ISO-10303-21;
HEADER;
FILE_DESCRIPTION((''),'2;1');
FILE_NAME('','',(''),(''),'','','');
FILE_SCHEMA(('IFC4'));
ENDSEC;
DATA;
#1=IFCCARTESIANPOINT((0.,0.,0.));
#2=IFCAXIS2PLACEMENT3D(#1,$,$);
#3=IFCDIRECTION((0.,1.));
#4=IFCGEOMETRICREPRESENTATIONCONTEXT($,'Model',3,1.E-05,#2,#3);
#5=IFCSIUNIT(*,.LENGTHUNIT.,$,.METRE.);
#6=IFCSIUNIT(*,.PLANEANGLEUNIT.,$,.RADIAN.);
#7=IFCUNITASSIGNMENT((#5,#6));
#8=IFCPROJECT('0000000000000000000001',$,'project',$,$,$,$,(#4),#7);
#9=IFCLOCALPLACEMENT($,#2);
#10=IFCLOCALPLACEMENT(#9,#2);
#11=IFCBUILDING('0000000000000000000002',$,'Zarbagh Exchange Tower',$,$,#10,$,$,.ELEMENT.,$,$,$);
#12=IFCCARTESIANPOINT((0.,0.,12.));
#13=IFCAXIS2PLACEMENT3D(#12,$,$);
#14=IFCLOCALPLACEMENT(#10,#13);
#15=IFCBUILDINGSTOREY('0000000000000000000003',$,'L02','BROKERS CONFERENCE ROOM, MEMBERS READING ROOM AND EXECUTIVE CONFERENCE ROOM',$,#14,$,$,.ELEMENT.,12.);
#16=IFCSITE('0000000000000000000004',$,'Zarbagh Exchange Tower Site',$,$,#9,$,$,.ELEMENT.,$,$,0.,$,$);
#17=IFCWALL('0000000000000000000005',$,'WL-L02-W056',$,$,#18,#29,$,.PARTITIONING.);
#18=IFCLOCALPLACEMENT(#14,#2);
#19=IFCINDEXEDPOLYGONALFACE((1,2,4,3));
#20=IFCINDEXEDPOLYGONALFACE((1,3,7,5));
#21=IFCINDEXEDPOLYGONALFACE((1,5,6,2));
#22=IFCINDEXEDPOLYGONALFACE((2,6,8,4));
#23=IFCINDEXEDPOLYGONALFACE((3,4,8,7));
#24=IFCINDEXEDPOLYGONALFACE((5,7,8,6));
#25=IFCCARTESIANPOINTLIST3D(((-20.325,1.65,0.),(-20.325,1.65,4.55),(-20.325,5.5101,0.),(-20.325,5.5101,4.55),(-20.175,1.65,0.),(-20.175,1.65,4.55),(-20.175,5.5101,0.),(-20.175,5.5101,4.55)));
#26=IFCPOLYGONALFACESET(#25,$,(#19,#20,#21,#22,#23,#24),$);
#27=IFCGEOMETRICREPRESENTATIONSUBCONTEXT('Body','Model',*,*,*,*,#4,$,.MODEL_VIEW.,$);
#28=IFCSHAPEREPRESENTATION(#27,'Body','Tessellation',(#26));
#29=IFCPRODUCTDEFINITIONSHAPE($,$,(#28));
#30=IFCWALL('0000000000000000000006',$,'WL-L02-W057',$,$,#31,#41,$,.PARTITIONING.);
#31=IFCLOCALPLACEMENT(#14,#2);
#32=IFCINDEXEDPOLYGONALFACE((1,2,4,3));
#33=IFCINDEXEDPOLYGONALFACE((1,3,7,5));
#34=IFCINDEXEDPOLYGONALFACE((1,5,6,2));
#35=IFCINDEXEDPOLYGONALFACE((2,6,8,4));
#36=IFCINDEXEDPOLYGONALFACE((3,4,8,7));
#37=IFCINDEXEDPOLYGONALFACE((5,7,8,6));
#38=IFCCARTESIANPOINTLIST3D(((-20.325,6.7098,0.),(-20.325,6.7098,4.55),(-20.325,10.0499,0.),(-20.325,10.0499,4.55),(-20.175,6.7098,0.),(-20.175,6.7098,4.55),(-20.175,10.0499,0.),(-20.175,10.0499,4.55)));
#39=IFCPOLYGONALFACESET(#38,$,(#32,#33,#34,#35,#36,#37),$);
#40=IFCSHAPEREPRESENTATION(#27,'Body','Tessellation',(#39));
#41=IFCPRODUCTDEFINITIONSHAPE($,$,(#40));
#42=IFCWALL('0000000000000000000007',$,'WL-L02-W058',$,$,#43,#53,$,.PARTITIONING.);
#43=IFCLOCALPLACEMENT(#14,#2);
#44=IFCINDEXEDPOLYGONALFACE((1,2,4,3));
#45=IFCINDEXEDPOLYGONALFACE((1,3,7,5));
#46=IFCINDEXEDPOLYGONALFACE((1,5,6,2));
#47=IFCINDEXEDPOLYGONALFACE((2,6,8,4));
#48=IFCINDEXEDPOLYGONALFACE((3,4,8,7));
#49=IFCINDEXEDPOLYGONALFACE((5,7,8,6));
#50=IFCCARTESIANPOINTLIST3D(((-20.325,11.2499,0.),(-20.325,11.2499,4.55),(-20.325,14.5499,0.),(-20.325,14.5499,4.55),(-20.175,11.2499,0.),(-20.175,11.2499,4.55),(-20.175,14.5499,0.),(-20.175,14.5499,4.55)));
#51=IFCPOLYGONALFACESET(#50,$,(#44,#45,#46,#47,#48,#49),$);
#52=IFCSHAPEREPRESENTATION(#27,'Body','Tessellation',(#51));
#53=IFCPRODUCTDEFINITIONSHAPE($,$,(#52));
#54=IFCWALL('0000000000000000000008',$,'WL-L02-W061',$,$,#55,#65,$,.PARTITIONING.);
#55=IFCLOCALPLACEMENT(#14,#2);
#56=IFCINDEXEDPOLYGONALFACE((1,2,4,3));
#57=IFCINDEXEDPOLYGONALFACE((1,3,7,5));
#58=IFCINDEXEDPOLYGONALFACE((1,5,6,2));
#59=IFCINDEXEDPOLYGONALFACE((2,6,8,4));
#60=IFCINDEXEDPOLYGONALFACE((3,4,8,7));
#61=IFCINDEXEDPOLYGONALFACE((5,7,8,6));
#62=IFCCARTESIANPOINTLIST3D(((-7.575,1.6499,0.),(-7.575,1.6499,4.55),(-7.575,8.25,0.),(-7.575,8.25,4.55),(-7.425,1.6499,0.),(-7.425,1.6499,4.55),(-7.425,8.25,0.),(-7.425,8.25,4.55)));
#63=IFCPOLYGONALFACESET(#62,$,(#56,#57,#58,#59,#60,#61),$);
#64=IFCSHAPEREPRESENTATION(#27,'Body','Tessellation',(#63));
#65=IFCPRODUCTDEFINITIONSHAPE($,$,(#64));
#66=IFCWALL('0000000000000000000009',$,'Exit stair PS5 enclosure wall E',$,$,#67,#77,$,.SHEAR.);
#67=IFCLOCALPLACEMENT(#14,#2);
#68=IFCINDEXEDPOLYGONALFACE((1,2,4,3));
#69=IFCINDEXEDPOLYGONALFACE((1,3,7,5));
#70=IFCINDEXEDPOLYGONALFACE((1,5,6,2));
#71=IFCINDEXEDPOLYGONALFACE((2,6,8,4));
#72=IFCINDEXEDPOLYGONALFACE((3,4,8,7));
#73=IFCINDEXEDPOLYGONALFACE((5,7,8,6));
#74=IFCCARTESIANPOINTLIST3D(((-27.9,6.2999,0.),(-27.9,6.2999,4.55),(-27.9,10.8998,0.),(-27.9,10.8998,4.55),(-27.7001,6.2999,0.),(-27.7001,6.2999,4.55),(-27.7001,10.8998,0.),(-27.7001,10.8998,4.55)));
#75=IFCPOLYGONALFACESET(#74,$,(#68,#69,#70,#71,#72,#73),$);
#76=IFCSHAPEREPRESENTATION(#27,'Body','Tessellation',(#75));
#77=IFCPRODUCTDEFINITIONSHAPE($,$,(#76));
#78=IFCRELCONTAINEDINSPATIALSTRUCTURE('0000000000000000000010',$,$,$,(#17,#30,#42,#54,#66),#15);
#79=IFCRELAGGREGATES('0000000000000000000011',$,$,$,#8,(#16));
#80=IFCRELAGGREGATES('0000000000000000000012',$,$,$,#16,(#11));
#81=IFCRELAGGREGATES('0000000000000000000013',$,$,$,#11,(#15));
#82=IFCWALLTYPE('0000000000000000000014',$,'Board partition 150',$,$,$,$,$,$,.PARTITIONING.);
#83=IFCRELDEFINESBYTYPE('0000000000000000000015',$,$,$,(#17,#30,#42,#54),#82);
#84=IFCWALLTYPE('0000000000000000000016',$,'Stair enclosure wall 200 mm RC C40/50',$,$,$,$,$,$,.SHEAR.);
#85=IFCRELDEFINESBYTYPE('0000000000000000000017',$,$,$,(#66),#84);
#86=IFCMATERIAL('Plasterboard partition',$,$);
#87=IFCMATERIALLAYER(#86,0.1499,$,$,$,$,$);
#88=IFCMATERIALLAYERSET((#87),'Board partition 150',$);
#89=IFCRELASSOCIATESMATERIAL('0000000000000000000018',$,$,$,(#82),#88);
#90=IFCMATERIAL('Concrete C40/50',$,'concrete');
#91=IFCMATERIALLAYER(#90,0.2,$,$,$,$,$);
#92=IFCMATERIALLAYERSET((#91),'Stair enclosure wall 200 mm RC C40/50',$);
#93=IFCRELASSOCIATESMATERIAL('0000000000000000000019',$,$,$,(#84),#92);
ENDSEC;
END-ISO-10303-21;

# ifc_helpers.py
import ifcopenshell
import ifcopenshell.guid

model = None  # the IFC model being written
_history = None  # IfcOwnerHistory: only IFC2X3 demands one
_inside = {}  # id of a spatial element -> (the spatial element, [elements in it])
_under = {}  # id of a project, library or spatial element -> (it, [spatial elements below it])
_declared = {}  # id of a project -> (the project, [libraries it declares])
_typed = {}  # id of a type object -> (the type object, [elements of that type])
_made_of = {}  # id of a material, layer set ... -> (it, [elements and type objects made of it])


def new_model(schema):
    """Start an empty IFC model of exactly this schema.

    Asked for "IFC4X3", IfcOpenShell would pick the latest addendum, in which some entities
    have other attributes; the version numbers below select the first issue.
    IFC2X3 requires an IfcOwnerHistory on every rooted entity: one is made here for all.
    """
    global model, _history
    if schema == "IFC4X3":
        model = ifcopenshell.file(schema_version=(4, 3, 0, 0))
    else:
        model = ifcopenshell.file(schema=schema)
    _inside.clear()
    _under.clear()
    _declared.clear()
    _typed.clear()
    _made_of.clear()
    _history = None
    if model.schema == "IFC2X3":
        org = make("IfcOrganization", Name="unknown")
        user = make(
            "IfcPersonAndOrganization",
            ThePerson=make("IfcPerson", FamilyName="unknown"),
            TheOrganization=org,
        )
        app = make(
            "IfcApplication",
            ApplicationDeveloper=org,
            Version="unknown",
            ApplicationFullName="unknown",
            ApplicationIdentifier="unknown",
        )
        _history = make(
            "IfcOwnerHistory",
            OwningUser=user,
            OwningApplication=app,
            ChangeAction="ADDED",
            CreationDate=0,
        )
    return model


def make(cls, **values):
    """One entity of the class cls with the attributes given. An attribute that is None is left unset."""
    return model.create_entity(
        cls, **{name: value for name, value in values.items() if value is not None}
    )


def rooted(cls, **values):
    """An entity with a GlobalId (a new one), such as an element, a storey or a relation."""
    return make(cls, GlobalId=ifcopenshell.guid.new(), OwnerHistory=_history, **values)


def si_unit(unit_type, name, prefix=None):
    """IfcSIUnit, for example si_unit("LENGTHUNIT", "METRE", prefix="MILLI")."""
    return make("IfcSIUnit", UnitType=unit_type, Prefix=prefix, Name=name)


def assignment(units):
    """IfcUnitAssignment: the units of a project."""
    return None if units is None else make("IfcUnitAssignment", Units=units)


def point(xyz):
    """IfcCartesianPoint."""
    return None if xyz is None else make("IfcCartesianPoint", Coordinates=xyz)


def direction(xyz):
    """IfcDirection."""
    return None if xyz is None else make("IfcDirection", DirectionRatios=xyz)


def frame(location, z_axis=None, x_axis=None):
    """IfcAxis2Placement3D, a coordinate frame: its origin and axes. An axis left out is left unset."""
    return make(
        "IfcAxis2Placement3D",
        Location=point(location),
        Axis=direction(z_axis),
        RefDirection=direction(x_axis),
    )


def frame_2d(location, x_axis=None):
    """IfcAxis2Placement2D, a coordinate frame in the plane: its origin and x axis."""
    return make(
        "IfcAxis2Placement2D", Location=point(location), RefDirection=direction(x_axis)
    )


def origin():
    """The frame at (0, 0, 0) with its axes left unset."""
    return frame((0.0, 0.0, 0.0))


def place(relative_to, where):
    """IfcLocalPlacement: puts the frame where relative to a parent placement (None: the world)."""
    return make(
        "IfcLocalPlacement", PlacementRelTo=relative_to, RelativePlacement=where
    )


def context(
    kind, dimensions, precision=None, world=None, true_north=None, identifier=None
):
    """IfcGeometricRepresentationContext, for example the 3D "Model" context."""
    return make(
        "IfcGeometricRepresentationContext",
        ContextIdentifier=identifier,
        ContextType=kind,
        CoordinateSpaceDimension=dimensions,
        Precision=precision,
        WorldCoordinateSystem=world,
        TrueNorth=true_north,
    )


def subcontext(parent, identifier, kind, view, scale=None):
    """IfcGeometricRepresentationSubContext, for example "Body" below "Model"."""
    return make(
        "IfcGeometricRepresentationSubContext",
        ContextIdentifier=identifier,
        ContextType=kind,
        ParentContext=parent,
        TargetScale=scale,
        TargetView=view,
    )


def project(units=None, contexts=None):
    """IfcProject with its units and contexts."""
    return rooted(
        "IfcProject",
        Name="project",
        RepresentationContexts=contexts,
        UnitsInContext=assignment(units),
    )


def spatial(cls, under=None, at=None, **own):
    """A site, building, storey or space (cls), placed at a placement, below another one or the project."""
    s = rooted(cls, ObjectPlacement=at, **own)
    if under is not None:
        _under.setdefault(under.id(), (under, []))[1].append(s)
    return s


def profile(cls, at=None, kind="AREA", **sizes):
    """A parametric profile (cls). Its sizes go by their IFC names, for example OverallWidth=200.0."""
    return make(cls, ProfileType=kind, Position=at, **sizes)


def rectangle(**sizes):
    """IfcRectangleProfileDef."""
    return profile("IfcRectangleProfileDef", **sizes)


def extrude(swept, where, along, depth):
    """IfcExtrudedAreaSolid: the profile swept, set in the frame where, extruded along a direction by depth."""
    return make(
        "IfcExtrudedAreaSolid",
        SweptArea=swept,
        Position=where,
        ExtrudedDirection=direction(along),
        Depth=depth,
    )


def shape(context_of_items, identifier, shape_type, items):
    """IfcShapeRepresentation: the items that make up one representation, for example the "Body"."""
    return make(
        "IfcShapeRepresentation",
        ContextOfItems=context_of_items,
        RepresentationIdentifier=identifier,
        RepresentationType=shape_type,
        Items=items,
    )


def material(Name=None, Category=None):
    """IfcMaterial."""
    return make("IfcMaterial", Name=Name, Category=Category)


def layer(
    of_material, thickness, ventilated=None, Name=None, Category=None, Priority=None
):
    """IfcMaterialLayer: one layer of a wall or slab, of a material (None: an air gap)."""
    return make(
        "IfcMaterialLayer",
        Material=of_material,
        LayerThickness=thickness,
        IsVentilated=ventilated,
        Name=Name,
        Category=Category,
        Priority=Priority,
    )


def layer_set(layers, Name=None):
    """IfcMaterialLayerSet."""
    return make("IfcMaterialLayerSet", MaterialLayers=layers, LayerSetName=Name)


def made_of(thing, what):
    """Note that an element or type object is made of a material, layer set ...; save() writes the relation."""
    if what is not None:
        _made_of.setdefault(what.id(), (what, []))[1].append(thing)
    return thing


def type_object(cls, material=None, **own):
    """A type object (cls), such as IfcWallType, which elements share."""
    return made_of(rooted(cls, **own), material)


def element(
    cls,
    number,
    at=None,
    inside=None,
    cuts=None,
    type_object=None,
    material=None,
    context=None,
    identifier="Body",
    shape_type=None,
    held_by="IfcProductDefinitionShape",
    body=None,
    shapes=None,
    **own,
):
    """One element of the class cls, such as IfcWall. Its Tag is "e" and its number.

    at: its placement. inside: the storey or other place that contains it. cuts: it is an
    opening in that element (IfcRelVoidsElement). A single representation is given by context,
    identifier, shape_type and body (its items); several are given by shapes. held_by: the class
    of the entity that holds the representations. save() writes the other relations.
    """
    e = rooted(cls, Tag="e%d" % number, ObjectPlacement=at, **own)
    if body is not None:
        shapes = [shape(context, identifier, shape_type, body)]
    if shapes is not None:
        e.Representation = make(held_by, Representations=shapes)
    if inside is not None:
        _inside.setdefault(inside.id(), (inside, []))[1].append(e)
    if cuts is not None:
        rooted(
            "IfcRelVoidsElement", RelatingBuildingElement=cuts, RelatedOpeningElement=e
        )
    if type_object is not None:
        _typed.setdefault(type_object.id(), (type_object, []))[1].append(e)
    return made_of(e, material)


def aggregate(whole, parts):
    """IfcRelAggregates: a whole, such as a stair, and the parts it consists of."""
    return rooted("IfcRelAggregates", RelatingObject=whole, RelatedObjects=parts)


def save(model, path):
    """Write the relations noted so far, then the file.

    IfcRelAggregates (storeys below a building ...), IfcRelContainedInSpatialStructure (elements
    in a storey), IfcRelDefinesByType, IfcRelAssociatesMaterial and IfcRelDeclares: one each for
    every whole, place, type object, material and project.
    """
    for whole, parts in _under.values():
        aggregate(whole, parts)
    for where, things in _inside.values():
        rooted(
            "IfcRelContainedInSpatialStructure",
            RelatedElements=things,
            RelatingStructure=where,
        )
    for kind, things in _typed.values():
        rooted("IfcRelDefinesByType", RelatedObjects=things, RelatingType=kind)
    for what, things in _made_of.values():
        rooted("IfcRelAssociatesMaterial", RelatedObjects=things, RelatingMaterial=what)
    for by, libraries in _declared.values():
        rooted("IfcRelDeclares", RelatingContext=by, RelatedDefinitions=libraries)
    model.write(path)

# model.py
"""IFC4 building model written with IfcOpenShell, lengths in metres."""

from ifc_helpers import new_model, si_unit, direction, frame, frame_2d, origin, place, context, subcontext, project, spatial, rectangle, extrude, material, layer, layer_set, type_object, element, save


model = new_model("IFC4")

# Units and contexts
model_context = context("Model", 3, precision=1e-05, world=origin(), true_north=direction((0.0, 1.0)))
body_context = subcontext(model_context, "Body", "Model", "MODEL_VIEW")
ifc_project = project(units=[si_unit("LENGTHUNIT", "METRE"), si_unit("PLANEANGLEUNIT", "RADIAN")], contexts=[model_context])

# Site, building, storey
site_placement = place(None, origin())
site = spatial("IfcSite", under=ifc_project, at=site_placement, Name="Zarbagh Exchange Tower Site", CompositionType="ELEMENT", RefElevation=0.0)
building_placement = place(site_placement, origin())
building = spatial("IfcBuilding", under=site, at=building_placement, Name="Zarbagh Exchange Tower", CompositionType="ELEMENT")
storey_placement = place(building_placement, frame((0.0, 0.0, 12.0)))
storey = spatial("IfcBuildingStorey", under=building, at=storey_placement, Name="L02", Description="BROKERS CONFERENCE ROOM, MEMBERS READING ROOM AND EXECUTIVE CONFERENCE ROOM", CompositionType="ELEMENT", Elevation=12.0)

# Shared definitions
ifc_material_1 = material(Name="Plasterboard partition")
ifc_layer_1 = layer(ifc_material_1, 0.1499)
ifc_layer_set_1 = layer_set([ifc_layer_1], Name="Board partition 150")
wall_type_1 = type_object("IfcWallType", Name="Board partition 150", PredefinedType="PARTITIONING", material=ifc_layer_set_1)

# Walls
wall_1_placement = place(storey_placement, frame((-20.25, 1.6499, 0.0), z_axis=(0.0, 0.0, 1.0), x_axis=(0.0, 1.0, 0.0)))
element("IfcWall", 1, at=wall_1_placement, inside=storey, type_object=wall_type_1, Name="WL-L02-W056", PredefinedType="PARTITIONING", context=body_context, shape_type="SweptSolid", body=[
    extrude(rectangle(XDim=3.8601, YDim=0.1499, at=frame_2d((1.9302, 0.0))), origin(), (0.0, 0.0, 1.0), 4.55),
])
wall_2_placement = place(storey_placement, frame((-20.25, 6.71, 0.0), z_axis=(0.0, 0.0, 1.0), x_axis=(0.0, 1.0, 0.0)))
element("IfcWall", 2, at=wall_2_placement, inside=storey, type_object=wall_type_1, Name="WL-L02-W057", PredefinedType="PARTITIONING", context=body_context, shape_type="SweptSolid", body=[
    extrude(rectangle(XDim=3.3401, YDim=0.1499, at=frame_2d((1.6699, 0.0))), origin(), (0.0, 0.0, 1.0), 4.55),
])
wall_3_placement = place(storey_placement, frame((-20.25, 11.25, 0.0), z_axis=(0.0, 0.0, 1.0), x_axis=(0.0, 1.0, 0.0)))
element("IfcWall", 3, at=wall_3_placement, inside=storey, type_object=wall_type_1, Name="WL-L02-W058", PredefinedType="PARTITIONING", context=body_context, shape_type="SweptSolid", body=[
    extrude(rectangle(XDim=3.3, YDim=0.1499, at=frame_2d((1.6499, 0.0))), origin(), (0.0, 0.0, 1.0), 4.55),
])
wall_4_placement = place(storey_placement, frame((-7.5, 8.25, 0.0), z_axis=(0.0, 0.0, 1.0), x_axis=(0.0, -1.0, 0.0)))
element("IfcWall", 4, at=wall_4_placement, inside=storey, type_object=wall_type_1, Name="WL-L02-W061", PredefinedType="PARTITIONING", context=body_context, shape_type="SweptSolid", body=[
    extrude(rectangle(XDim=6.6001, YDim=0.1499, at=frame_2d((3.3, 0.0))), origin(), (0.0, 0.0, 1.0), 4.55),
])
ifc_material_2 = material(Name="Concrete C40/50", Category="concrete")
ifc_layer_2 = layer(ifc_material_2, 0.2)
ifc_layer_set_2 = layer_set([ifc_layer_2], Name="Stair enclosure wall 200 mm RC C40/50")
wall_type_2 = type_object("IfcWallType", Name="Stair enclosure wall 200 mm RC C40/50", PredefinedType="SHEAR", material=ifc_layer_set_2)
wall_5_placement = place(storey_placement, frame((-27.8, 6.3, 0.0), z_axis=(0.0, 0.0, 1.0), x_axis=(0.0, 1.0, 0.0)))
element("IfcWall", 5, at=wall_5_placement, inside=storey, type_object=wall_type_2, Name="Exit stair PS5 enclosure wall E", PredefinedType="SHEAR", context=body_context, shape_type="SweptSolid", body=[
    extrude(rectangle(XDim=4.5999, YDim=0.2, at=frame_2d((2.2998, 0.0))), origin(), (0.0, 0.0, 1.0), 4.55),
])

save(model, "model.ifc")
